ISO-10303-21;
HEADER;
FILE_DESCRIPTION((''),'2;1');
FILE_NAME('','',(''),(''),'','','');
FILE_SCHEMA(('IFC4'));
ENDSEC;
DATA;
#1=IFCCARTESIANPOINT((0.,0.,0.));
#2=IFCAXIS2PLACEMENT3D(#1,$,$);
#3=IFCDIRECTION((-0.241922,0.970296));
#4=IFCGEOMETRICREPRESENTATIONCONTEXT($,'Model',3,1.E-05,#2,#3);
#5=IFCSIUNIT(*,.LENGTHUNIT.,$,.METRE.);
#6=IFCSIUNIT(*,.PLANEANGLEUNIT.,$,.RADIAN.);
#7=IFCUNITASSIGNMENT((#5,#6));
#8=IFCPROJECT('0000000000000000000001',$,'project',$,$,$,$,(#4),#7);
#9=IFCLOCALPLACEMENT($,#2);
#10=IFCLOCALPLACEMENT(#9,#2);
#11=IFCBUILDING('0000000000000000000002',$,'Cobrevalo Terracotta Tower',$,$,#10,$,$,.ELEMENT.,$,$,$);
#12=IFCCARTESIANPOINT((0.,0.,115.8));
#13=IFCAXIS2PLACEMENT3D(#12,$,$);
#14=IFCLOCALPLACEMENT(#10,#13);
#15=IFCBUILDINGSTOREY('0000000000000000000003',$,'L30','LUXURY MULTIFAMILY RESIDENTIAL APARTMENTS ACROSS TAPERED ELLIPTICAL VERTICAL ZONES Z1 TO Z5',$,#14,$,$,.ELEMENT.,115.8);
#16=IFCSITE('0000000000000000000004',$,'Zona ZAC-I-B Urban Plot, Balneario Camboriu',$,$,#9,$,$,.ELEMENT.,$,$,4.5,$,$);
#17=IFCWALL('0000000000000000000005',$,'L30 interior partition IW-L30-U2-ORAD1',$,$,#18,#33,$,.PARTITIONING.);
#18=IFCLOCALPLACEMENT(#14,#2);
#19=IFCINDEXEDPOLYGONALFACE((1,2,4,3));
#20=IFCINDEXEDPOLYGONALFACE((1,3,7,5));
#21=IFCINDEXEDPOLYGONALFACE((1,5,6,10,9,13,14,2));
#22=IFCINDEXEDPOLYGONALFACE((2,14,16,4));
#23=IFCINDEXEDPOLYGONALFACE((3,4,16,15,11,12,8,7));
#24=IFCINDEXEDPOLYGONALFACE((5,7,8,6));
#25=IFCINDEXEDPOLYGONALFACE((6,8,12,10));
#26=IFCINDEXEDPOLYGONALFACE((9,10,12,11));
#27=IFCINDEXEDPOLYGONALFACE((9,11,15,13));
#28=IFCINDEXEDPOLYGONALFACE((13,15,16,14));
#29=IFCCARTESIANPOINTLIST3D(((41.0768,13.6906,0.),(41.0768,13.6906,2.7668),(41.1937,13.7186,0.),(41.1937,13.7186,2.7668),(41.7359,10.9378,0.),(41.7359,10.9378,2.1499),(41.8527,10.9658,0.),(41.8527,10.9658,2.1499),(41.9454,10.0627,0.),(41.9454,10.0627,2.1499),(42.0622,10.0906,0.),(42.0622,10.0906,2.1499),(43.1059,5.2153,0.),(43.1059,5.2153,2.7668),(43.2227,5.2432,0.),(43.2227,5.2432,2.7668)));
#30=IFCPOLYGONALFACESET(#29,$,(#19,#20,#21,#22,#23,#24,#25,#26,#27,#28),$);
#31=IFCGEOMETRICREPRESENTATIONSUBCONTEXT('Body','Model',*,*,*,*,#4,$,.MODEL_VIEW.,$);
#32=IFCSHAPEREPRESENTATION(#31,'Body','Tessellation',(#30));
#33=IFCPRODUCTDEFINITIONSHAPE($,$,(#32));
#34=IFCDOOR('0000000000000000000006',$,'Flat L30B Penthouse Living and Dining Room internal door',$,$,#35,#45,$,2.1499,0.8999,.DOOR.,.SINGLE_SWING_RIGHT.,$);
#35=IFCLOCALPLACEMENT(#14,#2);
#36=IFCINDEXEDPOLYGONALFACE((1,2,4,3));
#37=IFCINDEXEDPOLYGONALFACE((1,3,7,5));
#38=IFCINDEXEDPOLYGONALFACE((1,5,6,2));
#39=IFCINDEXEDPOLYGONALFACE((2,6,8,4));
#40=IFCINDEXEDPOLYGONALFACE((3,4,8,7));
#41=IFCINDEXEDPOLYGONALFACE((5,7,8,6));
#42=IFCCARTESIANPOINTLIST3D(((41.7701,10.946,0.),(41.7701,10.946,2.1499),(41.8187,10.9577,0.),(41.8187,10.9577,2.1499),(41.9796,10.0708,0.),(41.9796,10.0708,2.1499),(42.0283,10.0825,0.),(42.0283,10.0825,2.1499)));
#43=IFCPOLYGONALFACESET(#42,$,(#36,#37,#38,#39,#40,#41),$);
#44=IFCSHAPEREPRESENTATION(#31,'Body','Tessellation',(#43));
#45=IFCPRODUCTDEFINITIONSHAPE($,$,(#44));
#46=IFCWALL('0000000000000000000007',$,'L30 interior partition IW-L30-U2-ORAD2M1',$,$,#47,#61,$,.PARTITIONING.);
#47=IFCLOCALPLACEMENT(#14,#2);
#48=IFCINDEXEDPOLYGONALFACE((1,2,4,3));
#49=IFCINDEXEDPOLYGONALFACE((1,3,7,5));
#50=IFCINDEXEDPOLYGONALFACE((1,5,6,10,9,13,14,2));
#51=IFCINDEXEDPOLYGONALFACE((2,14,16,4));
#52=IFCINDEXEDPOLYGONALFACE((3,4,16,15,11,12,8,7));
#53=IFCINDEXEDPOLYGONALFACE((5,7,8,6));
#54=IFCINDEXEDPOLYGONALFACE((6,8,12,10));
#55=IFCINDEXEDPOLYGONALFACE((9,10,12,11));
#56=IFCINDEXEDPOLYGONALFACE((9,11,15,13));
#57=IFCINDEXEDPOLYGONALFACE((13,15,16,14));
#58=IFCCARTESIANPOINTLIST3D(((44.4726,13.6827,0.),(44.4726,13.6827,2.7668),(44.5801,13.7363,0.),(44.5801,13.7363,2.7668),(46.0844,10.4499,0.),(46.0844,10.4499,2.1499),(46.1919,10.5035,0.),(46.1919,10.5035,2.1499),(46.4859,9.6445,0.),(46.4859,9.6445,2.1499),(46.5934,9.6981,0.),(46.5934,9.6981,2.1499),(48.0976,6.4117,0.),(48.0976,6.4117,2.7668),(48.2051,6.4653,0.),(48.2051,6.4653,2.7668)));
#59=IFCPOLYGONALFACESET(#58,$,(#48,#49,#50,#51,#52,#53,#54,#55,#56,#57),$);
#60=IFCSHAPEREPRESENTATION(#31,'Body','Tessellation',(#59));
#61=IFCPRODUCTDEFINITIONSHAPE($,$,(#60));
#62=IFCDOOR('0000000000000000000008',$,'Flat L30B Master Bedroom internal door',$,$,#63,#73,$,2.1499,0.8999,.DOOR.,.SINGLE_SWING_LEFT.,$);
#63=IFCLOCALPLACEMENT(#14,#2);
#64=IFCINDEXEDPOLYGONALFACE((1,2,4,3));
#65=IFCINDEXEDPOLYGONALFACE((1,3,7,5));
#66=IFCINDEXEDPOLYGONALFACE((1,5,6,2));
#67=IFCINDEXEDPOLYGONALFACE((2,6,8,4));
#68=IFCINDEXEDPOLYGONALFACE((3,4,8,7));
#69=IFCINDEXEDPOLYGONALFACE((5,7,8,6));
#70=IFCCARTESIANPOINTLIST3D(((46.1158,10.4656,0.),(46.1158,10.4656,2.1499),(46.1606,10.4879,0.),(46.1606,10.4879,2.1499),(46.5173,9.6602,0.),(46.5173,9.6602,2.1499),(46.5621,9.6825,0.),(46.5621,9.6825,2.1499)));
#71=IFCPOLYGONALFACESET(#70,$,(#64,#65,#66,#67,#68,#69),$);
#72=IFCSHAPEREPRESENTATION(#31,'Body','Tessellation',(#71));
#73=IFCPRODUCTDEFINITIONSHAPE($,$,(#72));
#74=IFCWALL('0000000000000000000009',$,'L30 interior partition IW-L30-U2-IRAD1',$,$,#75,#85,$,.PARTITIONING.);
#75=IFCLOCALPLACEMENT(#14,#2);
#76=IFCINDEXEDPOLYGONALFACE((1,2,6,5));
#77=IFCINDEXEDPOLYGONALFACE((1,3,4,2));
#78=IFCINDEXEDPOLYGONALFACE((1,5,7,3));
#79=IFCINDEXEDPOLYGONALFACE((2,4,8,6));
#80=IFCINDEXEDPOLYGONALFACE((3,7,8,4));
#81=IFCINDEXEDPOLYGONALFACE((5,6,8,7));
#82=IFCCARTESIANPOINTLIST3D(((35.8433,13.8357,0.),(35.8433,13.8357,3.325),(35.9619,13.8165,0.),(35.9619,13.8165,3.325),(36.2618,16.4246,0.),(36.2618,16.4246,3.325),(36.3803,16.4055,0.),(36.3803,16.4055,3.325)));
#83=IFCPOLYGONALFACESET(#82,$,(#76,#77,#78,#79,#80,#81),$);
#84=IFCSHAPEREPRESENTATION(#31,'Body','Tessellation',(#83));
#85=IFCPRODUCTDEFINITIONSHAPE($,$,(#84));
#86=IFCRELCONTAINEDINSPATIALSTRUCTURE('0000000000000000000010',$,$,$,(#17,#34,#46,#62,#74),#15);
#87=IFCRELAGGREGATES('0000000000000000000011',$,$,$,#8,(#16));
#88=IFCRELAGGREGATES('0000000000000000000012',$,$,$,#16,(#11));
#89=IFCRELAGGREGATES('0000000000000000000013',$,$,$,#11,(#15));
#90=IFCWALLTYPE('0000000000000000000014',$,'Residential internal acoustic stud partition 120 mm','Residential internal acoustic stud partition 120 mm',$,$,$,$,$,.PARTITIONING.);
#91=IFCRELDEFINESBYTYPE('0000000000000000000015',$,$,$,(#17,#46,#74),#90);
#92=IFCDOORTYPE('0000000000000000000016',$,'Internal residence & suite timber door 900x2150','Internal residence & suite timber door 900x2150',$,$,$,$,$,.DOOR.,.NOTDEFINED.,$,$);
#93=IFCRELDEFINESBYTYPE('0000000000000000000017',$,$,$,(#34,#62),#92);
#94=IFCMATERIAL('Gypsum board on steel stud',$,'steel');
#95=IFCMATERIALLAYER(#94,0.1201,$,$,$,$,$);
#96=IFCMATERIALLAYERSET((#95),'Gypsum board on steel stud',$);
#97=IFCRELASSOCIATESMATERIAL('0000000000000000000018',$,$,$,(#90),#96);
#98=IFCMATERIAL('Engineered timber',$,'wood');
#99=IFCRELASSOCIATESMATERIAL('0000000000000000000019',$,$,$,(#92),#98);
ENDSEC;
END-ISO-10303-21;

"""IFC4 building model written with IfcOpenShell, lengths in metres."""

from ifc_helpers import new_model, si_unit, direction, frame, frame_2d, origin, place, context, subcontext, project, spatial, rectangle, extrude, source, transform, mapped, material, layer, layer_set, type_object, element, fill, save


model = new_model("IFC4")

# Units and contexts
model_context = context("Model", 3, precision=1e-05, world=origin(), true_north=direction((-0.241922, 0.970296)))
body_context = subcontext(model_context, "Body", "Model", "MODEL_VIEW")
ifc_project = project(units=[si_unit("LENGTHUNIT", "METRE"), si_unit("PLANEANGLEUNIT", "RADIAN")], contexts=[model_context])

# Site, building, storey
site_placement = place(None, origin())
site = spatial("IfcSite", under=ifc_project, at=site_placement, Name="Zona ZAC-I-B Urban Plot, Balneario Camboriu", CompositionType="ELEMENT", RefElevation=4.5)
building_placement = place(site_placement, origin())
building = spatial("IfcBuilding", under=site, at=building_placement, Name="Cobrevalo Terracotta Tower", CompositionType="ELEMENT")
storey_placement = place(building_placement, frame((0.0, 0.0, 115.8)))
storey = spatial("IfcBuildingStorey", under=building, at=storey_placement, Name="L30", Description="LUXURY MULTIFAMILY RESIDENTIAL APARTMENTS ACROSS TAPERED ELLIPTICAL VERTICAL ZONES Z1 TO Z5", CompositionType="ELEMENT", Elevation=115.8)

# Walls, openings, doors
ifc_material_1 = material(Name="Gypsum board on steel stud", Category="steel")
ifc_layer_1 = layer(ifc_material_1, 0.1201)
ifc_layer_set_1 = layer_set([ifc_layer_1], Name="Gypsum board on steel stud")
wall_type = type_object("IfcWallType", Name="Residential internal acoustic stud partition 120 mm", Description="Residential internal acoustic stud partition 120 mm", PredefinedType="PARTITIONING", material=ifc_layer_set_1)
wall_1_placement = place(storey_placement, frame((41.1353, 13.7046, 0.0), z_axis=(0.0, 0.0, 1.0), x_axis=(0.232827, -0.972518, 0.0)))
wall_1 = element("IfcWall", 1, at=wall_1_placement, inside=storey, type_object=wall_type, Name="L30 interior partition IW-L30-U2-ORAD1", PredefinedType="PARTITIONING", context=body_context, shape_type="SweptSolid", body=[
    extrude(rectangle(XDim=8.7148, YDim=0.1201, at=frame_2d((4.3574, 0.0))), origin(), (0.0, 0.0, 1.0), 2.7668),
])
opening_1_placement = place(wall_1_placement, frame((2.8306, 0.0, 0.0)))
opening_1 = element("IfcOpeningElement", 2, at=opening_1_placement, cuts=wall_1, PredefinedType="OPENING", context=body_context, shape_type="SweptSolid", body=[
    extrude(rectangle(XDim=0.8999, YDim=2.1499, at=frame_2d((0.45, 1.075))), frame((0.0, 0.0701, 0.0), z_axis=(0.0, -1.0, 0.0), x_axis=(1.0, 0.0, 0.0)), (0.0, 0.0, 1.0), 0.1401),
])
ifc_material_2 = material(Name="Engineered timber", Category="wood")
door_type = type_object("IfcDoorType", Name="Internal residence & suite timber door 900x2150", Description="Internal residence & suite timber door 900x2150", OperationType="NOTDEFINED", PredefinedType="DOOR", material=ifc_material_2)
shared_shape_1 = source(origin(), body_context, "Body", "SweptSolid", [
    extrude(rectangle(XDim=0.8999, YDim=2.1499, at=frame_2d((0.45, 1.075))), frame((0.0, 0.0249, 0.0), z_axis=(0.0, -1.0, 0.0), x_axis=(1.0, 0.0, 0.0)), (0.0, 0.0, 1.0), 0.05),
])
door_1_placement = place(opening_1_placement, frame((0.8999, 0.0, 0.0), z_axis=(0.0, 0.0, 1.0), x_axis=(-1.0, 0.0, 0.0)))
door_1 = element("IfcDoor", 3, at=door_1_placement, inside=storey, type_object=door_type, Name="Flat L30B Penthouse Living and Dining Room internal door", OperationType="SINGLE_SWING_RIGHT", OverallHeight=2.1499, OverallWidth=0.8999, PredefinedType="DOOR", context=body_context, shape_type="MappedRepresentation", body=[
    mapped(shared_shape_1, transform((0.0, 0.0, 0.0), scale=1.0)),
])
fill(opening_1, door_1)
wall_2_placement = place(storey_placement, frame((44.5264, 13.7095, 0.0), z_axis=(0.0, 0.0, 1.0), x_axis=(0.44618, -0.894943, 0.0)))
wall_2 = element("IfcWall", 4, at=wall_2_placement, inside=storey, type_object=wall_type, Name="L30 interior partition IW-L30-U2-ORAD2M1", PredefinedType="PARTITIONING", context=body_context, shape_type="SweptSolid", body=[
    extrude(rectangle(XDim=8.1245, YDim=0.1201, at=frame_2d((4.0623, 0.0))), origin(), (0.0, 0.0, 1.0), 2.7668),
])
opening_2_placement = place(wall_2_placement, frame((3.6123, 0.0, 0.0)))
opening_2 = element("IfcOpeningElement", 5, at=opening_2_placement, cuts=wall_2, PredefinedType="OPENING", context=body_context, shape_type="SweptSolid", body=[
    extrude(rectangle(XDim=0.8999, YDim=2.1499, at=frame_2d((0.45, 1.075))), frame((0.0, 0.0701, 0.0), z_axis=(0.0, -1.0, 0.0), x_axis=(1.0, 0.0, 0.0)), (0.0, 0.0, 1.0), 0.1401),
])
door_2_placement = place(opening_2_placement, frame((0.8999, 0.0, 0.0), z_axis=(0.0, 0.0, 1.0), x_axis=(-1.0, 0.0, 0.0)))
door_2 = element("IfcDoor", 6, at=door_2_placement, inside=storey, type_object=door_type, Name="Flat L30B Master Bedroom internal door", OperationType="SINGLE_SWING_LEFT", OverallHeight=2.1499, OverallWidth=0.8999, PredefinedType="DOOR", context=body_context, shape_type="MappedRepresentation", body=[
    mapped(shared_shape_1, transform((0.0, 0.0, 0.0), scale=1.0)),
])
fill(opening_2, door_2)

# Wall
wall_3_placement = place(storey_placement, frame((36.321, 16.415, 0.0), z_axis=(0.0, 0.0, 1.0), x_axis=(-0.159566, -0.987187, 0.0)))
element("IfcWall", 7, at=wall_3_placement, inside=storey, type_object=wall_type, Name="L30 interior partition IW-L30-U2-IRAD1", PredefinedType="PARTITIONING", context=body_context, shape_type="SweptSolid", body=[
    extrude(rectangle(XDim=2.6226, YDim=0.1201, at=frame_2d((1.3113, 0.0))), origin(), (0.0, 0.0, 1.0), 3.325),
])

save(model, "model.ifc")
